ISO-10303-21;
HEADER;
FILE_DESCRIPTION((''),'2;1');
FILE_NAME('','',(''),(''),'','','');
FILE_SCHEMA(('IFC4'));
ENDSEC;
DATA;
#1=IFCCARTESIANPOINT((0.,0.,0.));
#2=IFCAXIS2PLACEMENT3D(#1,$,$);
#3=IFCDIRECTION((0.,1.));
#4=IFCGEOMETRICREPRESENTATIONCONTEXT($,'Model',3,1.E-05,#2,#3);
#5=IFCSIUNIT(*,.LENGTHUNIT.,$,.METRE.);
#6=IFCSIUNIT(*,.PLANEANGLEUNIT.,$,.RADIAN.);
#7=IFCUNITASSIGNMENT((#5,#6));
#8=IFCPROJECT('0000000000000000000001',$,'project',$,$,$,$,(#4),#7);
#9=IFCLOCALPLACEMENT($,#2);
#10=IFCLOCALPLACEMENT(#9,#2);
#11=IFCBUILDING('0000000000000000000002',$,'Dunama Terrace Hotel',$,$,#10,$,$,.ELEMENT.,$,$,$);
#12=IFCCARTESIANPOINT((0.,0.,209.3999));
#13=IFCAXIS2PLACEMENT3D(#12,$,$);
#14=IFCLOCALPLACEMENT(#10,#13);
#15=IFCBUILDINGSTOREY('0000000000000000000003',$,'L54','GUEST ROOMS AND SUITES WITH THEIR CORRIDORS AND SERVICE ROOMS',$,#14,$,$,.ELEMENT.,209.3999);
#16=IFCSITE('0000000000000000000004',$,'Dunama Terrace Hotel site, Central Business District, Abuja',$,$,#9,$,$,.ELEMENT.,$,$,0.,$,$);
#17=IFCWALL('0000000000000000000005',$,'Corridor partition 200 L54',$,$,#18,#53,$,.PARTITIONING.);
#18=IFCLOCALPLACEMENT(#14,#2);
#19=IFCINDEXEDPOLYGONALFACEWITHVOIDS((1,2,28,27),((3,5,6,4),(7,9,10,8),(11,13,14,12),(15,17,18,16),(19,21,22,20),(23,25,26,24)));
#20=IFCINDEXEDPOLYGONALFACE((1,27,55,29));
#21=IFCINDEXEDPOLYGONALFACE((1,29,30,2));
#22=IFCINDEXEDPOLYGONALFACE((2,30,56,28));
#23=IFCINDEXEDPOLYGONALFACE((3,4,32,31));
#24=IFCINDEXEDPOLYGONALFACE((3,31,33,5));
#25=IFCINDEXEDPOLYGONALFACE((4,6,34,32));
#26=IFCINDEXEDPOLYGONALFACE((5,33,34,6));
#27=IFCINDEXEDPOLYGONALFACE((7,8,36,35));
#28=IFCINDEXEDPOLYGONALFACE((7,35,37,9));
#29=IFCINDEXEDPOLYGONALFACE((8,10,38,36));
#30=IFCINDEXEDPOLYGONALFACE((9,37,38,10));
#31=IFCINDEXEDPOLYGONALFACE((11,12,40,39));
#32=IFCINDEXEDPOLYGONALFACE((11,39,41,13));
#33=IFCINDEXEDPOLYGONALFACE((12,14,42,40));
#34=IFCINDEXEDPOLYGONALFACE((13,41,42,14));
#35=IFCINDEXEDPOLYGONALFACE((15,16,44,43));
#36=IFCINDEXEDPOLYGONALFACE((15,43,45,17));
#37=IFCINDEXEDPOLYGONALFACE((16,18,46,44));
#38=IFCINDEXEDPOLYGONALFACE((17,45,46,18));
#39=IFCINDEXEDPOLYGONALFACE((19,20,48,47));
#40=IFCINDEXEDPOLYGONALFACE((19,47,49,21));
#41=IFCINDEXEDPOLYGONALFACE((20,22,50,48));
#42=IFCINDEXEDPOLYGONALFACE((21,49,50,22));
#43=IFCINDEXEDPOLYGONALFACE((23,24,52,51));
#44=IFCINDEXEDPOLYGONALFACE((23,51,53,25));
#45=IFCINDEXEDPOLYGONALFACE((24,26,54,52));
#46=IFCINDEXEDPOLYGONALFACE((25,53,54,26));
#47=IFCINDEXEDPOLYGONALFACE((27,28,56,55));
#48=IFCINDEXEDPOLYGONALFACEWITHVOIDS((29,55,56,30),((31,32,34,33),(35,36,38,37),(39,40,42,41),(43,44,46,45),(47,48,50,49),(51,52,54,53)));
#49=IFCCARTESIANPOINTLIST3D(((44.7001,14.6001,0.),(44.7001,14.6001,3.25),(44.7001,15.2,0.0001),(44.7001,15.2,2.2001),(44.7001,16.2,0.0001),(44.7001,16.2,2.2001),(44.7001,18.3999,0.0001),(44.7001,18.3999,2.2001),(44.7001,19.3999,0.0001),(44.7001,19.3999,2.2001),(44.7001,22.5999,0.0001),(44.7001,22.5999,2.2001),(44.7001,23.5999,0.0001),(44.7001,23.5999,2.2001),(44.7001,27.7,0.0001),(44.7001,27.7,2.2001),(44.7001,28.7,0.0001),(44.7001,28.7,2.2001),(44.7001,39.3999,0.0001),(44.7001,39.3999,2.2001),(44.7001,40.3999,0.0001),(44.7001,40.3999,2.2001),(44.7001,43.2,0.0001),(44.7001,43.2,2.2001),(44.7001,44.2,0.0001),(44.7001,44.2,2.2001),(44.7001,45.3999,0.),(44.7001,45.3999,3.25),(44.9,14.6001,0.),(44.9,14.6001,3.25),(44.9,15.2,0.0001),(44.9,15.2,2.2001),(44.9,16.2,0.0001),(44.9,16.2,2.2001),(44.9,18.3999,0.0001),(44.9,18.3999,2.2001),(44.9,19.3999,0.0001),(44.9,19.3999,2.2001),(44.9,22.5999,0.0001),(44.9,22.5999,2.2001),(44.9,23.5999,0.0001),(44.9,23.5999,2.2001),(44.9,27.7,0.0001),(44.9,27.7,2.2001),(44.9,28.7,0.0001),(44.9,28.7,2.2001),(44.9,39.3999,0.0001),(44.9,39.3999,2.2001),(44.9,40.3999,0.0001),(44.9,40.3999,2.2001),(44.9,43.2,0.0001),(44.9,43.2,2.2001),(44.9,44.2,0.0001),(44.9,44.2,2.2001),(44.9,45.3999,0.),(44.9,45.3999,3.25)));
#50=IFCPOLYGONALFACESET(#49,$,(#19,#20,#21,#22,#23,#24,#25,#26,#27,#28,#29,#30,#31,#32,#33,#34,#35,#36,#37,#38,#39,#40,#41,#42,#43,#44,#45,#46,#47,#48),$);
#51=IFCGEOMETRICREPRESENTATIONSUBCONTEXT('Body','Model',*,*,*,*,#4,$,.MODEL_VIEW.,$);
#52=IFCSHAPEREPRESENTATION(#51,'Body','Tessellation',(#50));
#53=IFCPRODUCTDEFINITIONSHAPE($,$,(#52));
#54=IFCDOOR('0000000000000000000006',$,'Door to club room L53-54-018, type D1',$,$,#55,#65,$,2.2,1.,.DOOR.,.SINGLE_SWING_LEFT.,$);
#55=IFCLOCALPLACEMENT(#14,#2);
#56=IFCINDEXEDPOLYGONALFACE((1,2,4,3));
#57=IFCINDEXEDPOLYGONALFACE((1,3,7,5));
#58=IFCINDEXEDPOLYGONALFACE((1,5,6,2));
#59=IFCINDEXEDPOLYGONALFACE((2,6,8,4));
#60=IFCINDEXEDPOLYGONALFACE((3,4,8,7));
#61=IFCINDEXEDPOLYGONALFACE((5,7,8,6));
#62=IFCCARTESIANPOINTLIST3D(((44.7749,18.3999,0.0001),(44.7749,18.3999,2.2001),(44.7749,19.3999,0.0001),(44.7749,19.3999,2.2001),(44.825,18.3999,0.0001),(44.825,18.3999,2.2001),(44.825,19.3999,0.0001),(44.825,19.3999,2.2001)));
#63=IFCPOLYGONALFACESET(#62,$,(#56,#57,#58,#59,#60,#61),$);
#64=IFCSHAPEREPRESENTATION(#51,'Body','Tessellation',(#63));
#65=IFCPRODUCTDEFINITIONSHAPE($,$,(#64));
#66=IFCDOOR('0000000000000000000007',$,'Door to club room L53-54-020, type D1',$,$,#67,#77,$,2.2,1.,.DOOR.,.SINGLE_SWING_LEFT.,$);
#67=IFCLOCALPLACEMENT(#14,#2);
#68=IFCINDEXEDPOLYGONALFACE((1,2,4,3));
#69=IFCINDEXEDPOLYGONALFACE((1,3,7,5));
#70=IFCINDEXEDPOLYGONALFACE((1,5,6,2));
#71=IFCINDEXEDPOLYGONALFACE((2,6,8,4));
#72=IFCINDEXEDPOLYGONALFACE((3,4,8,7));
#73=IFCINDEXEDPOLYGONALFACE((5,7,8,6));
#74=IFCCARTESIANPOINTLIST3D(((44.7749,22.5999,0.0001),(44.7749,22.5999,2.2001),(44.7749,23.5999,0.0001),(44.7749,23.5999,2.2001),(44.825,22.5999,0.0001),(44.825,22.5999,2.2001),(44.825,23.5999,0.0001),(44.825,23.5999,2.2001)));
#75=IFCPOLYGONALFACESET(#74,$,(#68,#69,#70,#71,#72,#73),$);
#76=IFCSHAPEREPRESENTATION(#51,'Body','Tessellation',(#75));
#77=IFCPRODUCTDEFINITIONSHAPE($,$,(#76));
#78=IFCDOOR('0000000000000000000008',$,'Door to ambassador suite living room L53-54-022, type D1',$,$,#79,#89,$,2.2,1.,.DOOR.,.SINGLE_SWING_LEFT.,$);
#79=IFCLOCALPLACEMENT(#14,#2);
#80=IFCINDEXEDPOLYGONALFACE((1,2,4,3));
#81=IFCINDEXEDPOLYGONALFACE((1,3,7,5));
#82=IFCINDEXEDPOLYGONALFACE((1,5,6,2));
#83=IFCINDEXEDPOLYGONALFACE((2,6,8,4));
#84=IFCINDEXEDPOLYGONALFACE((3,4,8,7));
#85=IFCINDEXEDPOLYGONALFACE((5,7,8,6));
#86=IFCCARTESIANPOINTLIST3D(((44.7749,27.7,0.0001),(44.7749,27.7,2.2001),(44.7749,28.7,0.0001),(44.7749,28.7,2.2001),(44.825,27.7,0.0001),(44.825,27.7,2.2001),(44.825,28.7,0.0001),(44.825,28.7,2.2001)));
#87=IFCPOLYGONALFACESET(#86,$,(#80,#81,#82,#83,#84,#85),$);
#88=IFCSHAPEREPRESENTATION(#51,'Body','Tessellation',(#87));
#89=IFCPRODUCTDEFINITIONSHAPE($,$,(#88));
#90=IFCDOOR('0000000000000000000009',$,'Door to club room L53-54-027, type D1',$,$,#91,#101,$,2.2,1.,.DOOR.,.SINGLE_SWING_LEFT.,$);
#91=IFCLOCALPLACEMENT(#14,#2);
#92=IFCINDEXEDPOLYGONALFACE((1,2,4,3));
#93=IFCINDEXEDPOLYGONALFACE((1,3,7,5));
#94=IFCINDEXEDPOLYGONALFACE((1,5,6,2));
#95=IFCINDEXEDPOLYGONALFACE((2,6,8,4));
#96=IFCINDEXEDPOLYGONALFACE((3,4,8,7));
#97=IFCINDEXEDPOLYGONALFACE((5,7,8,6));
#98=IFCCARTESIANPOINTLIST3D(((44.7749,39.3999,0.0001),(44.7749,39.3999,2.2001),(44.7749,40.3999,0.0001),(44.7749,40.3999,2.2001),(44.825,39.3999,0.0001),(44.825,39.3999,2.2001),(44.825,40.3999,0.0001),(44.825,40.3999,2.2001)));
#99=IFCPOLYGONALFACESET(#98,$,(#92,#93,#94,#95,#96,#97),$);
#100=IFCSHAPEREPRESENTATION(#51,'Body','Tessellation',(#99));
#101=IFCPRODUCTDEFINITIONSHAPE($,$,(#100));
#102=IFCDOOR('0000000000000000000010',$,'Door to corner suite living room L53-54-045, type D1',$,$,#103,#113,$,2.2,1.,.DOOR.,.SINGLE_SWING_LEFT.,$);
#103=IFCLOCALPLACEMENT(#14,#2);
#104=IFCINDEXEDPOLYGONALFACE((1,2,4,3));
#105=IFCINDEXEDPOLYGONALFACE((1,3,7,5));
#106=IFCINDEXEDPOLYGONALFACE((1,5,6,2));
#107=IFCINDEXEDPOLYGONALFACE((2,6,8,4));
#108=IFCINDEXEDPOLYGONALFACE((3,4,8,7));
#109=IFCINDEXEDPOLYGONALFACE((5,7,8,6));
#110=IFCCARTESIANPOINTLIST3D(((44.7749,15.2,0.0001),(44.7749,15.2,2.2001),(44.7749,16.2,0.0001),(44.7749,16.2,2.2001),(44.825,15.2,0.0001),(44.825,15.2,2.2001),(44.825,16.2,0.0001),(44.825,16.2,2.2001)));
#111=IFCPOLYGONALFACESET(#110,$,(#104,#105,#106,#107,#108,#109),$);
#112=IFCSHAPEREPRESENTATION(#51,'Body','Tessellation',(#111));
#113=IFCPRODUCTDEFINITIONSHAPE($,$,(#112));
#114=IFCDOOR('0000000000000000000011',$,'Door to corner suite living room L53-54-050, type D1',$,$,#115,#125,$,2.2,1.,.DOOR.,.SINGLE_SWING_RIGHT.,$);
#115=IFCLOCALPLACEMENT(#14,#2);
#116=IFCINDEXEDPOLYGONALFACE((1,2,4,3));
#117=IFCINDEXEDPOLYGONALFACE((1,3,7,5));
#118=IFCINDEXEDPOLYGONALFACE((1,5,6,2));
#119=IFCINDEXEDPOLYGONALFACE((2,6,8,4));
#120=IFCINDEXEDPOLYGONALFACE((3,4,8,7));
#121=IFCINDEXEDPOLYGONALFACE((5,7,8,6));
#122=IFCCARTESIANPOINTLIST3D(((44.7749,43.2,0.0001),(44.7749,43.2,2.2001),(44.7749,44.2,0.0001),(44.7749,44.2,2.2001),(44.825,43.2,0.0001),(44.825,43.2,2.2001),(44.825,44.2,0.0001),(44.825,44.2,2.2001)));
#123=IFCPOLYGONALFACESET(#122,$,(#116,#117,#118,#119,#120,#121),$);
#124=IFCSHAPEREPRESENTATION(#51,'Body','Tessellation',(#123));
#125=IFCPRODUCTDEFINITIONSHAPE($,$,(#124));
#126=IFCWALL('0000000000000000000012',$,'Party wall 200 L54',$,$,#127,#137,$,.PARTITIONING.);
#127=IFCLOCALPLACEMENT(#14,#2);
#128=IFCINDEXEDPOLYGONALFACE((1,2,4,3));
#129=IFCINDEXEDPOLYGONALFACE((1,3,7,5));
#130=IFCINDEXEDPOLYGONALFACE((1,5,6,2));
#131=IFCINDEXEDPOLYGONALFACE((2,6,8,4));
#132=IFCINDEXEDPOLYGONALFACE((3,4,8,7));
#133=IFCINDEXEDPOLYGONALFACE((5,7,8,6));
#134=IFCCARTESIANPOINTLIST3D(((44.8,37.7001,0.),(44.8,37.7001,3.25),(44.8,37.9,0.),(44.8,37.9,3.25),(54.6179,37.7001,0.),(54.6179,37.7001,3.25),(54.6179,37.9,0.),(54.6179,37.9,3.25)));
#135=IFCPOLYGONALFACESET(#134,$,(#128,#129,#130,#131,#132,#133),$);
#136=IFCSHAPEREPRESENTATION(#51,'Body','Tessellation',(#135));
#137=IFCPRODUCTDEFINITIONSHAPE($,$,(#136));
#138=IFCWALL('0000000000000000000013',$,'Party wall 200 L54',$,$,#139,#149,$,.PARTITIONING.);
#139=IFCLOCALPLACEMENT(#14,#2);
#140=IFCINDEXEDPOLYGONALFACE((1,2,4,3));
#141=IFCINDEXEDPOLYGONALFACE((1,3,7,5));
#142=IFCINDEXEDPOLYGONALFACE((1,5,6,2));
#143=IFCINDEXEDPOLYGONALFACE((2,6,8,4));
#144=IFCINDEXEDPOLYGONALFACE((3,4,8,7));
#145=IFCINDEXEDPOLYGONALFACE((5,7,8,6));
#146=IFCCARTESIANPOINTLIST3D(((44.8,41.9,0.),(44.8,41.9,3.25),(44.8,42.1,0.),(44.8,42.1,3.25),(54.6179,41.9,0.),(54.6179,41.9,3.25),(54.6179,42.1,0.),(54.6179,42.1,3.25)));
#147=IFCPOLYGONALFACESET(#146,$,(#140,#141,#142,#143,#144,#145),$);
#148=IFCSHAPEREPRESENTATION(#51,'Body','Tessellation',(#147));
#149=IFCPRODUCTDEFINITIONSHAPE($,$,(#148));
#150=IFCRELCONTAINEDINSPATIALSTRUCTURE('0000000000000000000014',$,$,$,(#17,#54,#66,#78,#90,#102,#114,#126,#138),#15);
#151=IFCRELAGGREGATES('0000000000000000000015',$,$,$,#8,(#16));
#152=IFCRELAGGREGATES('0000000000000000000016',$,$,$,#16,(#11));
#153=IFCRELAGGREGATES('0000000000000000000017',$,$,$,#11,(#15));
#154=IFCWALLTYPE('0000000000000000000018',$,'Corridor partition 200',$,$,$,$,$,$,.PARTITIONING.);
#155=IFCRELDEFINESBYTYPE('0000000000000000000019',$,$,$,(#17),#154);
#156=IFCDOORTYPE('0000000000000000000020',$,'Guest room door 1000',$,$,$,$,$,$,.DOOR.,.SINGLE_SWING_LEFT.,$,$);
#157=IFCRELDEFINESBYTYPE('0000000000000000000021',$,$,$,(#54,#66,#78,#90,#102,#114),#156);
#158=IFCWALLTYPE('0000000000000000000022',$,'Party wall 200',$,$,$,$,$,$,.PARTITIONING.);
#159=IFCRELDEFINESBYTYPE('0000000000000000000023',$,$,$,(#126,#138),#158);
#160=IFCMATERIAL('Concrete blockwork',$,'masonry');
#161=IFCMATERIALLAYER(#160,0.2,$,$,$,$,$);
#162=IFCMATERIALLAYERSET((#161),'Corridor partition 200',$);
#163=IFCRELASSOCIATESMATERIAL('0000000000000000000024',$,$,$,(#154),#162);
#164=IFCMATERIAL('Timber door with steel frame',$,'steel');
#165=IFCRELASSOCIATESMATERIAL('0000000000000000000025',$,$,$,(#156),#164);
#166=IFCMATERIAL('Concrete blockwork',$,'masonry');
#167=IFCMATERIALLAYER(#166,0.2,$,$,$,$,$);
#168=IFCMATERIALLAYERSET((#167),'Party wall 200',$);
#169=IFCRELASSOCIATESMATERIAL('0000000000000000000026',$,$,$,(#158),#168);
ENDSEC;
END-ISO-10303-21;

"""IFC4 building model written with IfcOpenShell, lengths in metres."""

from ifc_helpers import new_model, si_unit, direction, frame, frame_2d, origin, place, context, subcontext, project, spatial, rectangle, extrude, material, layer, layer_set, type_object, element, fill, save


model = new_model("IFC4")

# Units and contexts
model_context = context("Model", 3, precision=1e-05, world=origin(), true_north=direction((0.0, 1.0)))
body_context = subcontext(model_context, "Body", "Model", "MODEL_VIEW")
ifc_project = project(units=[si_unit("LENGTHUNIT", "METRE"), si_unit("PLANEANGLEUNIT", "RADIAN")], contexts=[model_context])

# Site, building, storey
site_placement = place(None, origin())
site = spatial("IfcSite", under=ifc_project, at=site_placement, Name="Dunama Terrace Hotel site, Central Business District, Abuja", CompositionType="ELEMENT", RefElevation=0.0)
building_placement = place(site_placement, origin())
building = spatial("IfcBuilding", under=site, at=building_placement, Name="Dunama Terrace Hotel", CompositionType="ELEMENT")
storey_placement = place(building_placement, frame((0.0, 0.0, 209.3999)))
storey = spatial("IfcBuildingStorey", under=building, at=storey_placement, Name="L54", Description="GUEST ROOMS AND SUITES WITH THEIR CORRIDORS AND SERVICE ROOMS", CompositionType="ELEMENT", Elevation=209.3999)

# Wall, openings, doors
ifc_material_1 = material(Name="Concrete blockwork", Category="masonry")
ifc_layer_1 = layer(ifc_material_1, 0.2)
ifc_layer_set_1 = layer_set([ifc_layer_1], Name="Corridor partition 200")
wall_type_1 = type_object("IfcWallType", Name="Corridor partition 200", PredefinedType="PARTITIONING", material=ifc_layer_set_1)
wall_1_placement = place(storey_placement, frame((44.8, 45.3999, 0.0), z_axis=(0.0, 0.0, 1.0), x_axis=(0.0, -1.0, 0.0)))
wall_1 = element("IfcWall", 1, at=wall_1_placement, inside=storey, type_object=wall_type_1, Name="Corridor partition 200 L54", PredefinedType="PARTITIONING", context=body_context, shape_type="SweptSolid", body=[
    extrude(rectangle(XDim=30.7998, YDim=0.2, at=frame_2d((15.3999, 0.0))), origin(), (0.0, 0.0, 1.0), 3.25),
])
opening_1_placement = place(wall_1_placement, frame((26.0, 0.0, 0.0)))
opening_1 = element("IfcOpeningElement", 2, at=opening_1_placement, cuts=wall_1, PredefinedType="OPENING", context=body_context, shape_type="SweptSolid", body=[
    extrude(rectangle(XDim=1.0, YDim=2.2, at=frame_2d((0.5, 1.1001))), frame((0.0, 0.1099, 0.0), z_axis=(0.0, -1.0, 0.0), x_axis=(1.0, 0.0, 0.0)), (0.0, 0.0, 1.0), 0.22),
])
opening_2_placement = place(wall_1_placement, frame((21.8, 0.0, 0.0)))
opening_2 = element("IfcOpeningElement", 3, at=opening_2_placement, cuts=wall_1, PredefinedType="OPENING", context=body_context, shape_type="SweptSolid", body=[
    extrude(rectangle(XDim=1.0, YDim=2.2, at=frame_2d((0.5, 1.1001))), frame((0.0, 0.1099, 0.0), z_axis=(0.0, -1.0, 0.0), x_axis=(1.0, 0.0, 0.0)), (0.0, 0.0, 1.0), 0.22),
])
opening_3_placement = place(wall_1_placement, frame((16.7, 0.0, 0.0)))
opening_3 = element("IfcOpeningElement", 4, at=opening_3_placement, cuts=wall_1, PredefinedType="OPENING", context=body_context, shape_type="SweptSolid", body=[
    extrude(rectangle(XDim=1.0, YDim=2.2, at=frame_2d((0.5, 1.1001))), frame((0.0, 0.1099, 0.0), z_axis=(0.0, -1.0, 0.0), x_axis=(1.0, 0.0, 0.0)), (0.0, 0.0, 1.0), 0.22),
])
opening_4_placement = place(wall_1_placement, frame((5.0, 0.0, 0.0)))
opening_4 = element("IfcOpeningElement", 5, at=opening_4_placement, cuts=wall_1, PredefinedType="OPENING", context=body_context, shape_type="SweptSolid", body=[
    extrude(rectangle(XDim=1.0, YDim=2.2, at=frame_2d((0.5, 1.1001))), frame((0.0, 0.1099, 0.0), z_axis=(0.0, -1.0, 0.0), x_axis=(1.0, 0.0, 0.0)), (0.0, 0.0, 1.0), 0.22),
])
opening_5_placement = place(wall_1_placement, frame((29.2, 0.0, 0.0)))
opening_5 = element("IfcOpeningElement", 6, at=opening_5_placement, cuts=wall_1, PredefinedType="OPENING", context=body_context, shape_type="SweptSolid", body=[
    extrude(rectangle(XDim=1.0, YDim=2.2, at=frame_2d((0.5, 1.1001))), frame((0.0, 0.1099, 0.0), z_axis=(0.0, -1.0, 0.0), x_axis=(1.0, 0.0, 0.0)), (0.0, 0.0, 1.0), 0.22),
])
opening_6_placement = place(wall_1_placement, frame((1.2, 0.0, 0.0)))
opening_6 = element("IfcOpeningElement", 7, at=opening_6_placement, cuts=wall_1, PredefinedType="OPENING", context=body_context, shape_type="SweptSolid", body=[
    extrude(rectangle(XDim=1.0, YDim=2.2, at=frame_2d((0.5, 1.1001))), frame((0.0, 0.1099, 0.0), z_axis=(0.0, -1.0, 0.0), x_axis=(1.0, 0.0, 0.0)), (0.0, 0.0, 1.0), 0.22),
])
ifc_material_2 = material(Name="Timber door with steel frame", Category="steel")
door_type_1 = type_object("IfcDoorType", Name="Guest room door 1000", OperationType="SINGLE_SWING_LEFT", PredefinedType="DOOR", material=ifc_material_2)
door_1_placement = place(opening_1_placement, origin())
door_1 = element("IfcDoor", 8, at=door_1_placement, inside=storey, type_object=door_type_1, Name="Door to club room L53-54-018, type D1", OperationType="SINGLE_SWING_LEFT", OverallHeight=2.2, OverallWidth=1.0, PredefinedType="DOOR", context=body_context, shape_type="SweptSolid", body=[
    extrude(rectangle(XDim=1.0, YDim=2.2, at=frame_2d((0.5, 1.1001))), frame((0.0, 0.0249, 0.0), z_axis=(0.0, -1.0, 0.0), x_axis=(1.0, 0.0, 0.0)), (0.0, 0.0, 1.0), 0.05),
])
fill(opening_1, door_1)
door_2_placement = place(opening_2_placement, origin())
door_2 = element("IfcDoor", 9, at=door_2_placement, inside=storey, type_object=door_type_1, Name="Door to club room L53-54-020, type D1", OperationType="SINGLE_SWING_LEFT", OverallHeight=2.2, OverallWidth=1.0, PredefinedType="DOOR", context=body_context, shape_type="SweptSolid", body=[
    extrude(rectangle(XDim=1.0, YDim=2.2, at=frame_2d((0.5, 1.1001))), frame((0.0, 0.0249, 0.0), z_axis=(0.0, -1.0, 0.0), x_axis=(1.0, 0.0, 0.0)), (0.0, 0.0, 1.0), 0.05),
])
fill(opening_2, door_2)
door_3_placement = place(opening_3_placement, origin())
door_3 = element("IfcDoor", 10, at=door_3_placement, inside=storey, type_object=door_type_1, Name="Door to ambassador suite living room L53-54-022, type D1", OperationType="SINGLE_SWING_LEFT", OverallHeight=2.2, OverallWidth=1.0, PredefinedType="DOOR", context=body_context, shape_type="SweptSolid", body=[
    extrude(rectangle(XDim=1.0, YDim=2.2, at=frame_2d((0.5, 1.1001))), frame((0.0, 0.0249, 0.0), z_axis=(0.0, -1.0, 0.0), x_axis=(1.0, 0.0, 0.0)), (0.0, 0.0, 1.0), 0.05),
])
fill(opening_3, door_3)
door_4_placement = place(opening_4_placement, origin())
door_4 = element("IfcDoor", 11, at=door_4_placement, inside=storey, type_object=door_type_1, Name="Door to club room L53-54-027, type D1", OperationType="SINGLE_SWING_LEFT", OverallHeight=2.2, OverallWidth=1.0, PredefinedType="DOOR", context=body_context, shape_type="SweptSolid", body=[
    extrude(rectangle(XDim=1.0, YDim=2.2, at=frame_2d((0.5, 1.1001))), frame((0.0, 0.0249, 0.0), z_axis=(0.0, -1.0, 0.0), x_axis=(1.0, 0.0, 0.0)), (0.0, 0.0, 1.0), 0.05),
])
fill(opening_4, door_4)
door_5_placement = place(opening_5_placement, origin())
door_5 = element("IfcDoor", 12, at=door_5_placement, inside=storey, type_object=door_type_1, Name="Door to corner suite living room L53-54-045, type D1", OperationType="SINGLE_SWING_LEFT", OverallHeight=2.2, OverallWidth=1.0, PredefinedType="DOOR", context=body_context, shape_type="SweptSolid", body=[
    extrude(rectangle(XDim=1.0, YDim=2.2, at=frame_2d((0.5, 1.1001))), frame((0.0, 0.0249, 0.0), z_axis=(0.0, -1.0, 0.0), x_axis=(1.0, 0.0, 0.0)), (0.0, 0.0, 1.0), 0.05),
])
fill(opening_5, door_5)
door_6_placement = place(opening_6_placement, origin())
door_6 = element("IfcDoor", 13, at=door_6_placement, inside=storey, type_object=door_type_1, Name="Door to corner suite living room L53-54-050, type D1", OperationType="SINGLE_SWING_RIGHT", OverallHeight=2.2, OverallWidth=1.0, PredefinedType="DOOR", context=body_context, shape_type="SweptSolid", body=[
    extrude(rectangle(XDim=1.0, YDim=2.2, at=frame_2d((0.5, 1.1001))), frame((0.0, 0.0249, 0.0), z_axis=(0.0, -1.0, 0.0), x_axis=(1.0, 0.0, 0.0)), (0.0, 0.0, 1.0), 0.05),
])
fill(opening_6, door_6)

# Walls
ifc_material_3 = material(Name="Concrete blockwork", Category="masonry")
ifc_layer_2 = layer(ifc_material_3, 0.2)
ifc_layer_set_2 = layer_set([ifc_layer_2], Name="Party wall 200")
wall_type_2 = type_object("IfcWallType", Name="Party wall 200", PredefinedType="PARTITIONING", material=ifc_layer_set_2)
for number, where, z_axis, x_axis, name in (
    (14, (44.8, 37.8, 0.0), (0.0, 0.0, 1.0), (1.0, 0.0, 0.0), "Party wall 200 L54"),
    (15, (44.8, 42.0, 0.0), (0.0, 0.0, 1.0), (1.0, 0.0, 0.0), "Party wall 200 L54"),
):
    element("IfcWall", number, at=place(storey_placement, frame(where, z_axis=z_axis, x_axis=x_axis)), inside=storey, type_object=wall_type_2, Name=name, PredefinedType="PARTITIONING", context=body_context, shape_type="SweptSolid", body=[
        extrude(rectangle(XDim=9.8179, YDim=0.2, at=frame_2d((4.9089, 0.0))), origin(), (0.0, 0.0, 1.0), 3.25),
    ])

save(model, "model.ifc")
